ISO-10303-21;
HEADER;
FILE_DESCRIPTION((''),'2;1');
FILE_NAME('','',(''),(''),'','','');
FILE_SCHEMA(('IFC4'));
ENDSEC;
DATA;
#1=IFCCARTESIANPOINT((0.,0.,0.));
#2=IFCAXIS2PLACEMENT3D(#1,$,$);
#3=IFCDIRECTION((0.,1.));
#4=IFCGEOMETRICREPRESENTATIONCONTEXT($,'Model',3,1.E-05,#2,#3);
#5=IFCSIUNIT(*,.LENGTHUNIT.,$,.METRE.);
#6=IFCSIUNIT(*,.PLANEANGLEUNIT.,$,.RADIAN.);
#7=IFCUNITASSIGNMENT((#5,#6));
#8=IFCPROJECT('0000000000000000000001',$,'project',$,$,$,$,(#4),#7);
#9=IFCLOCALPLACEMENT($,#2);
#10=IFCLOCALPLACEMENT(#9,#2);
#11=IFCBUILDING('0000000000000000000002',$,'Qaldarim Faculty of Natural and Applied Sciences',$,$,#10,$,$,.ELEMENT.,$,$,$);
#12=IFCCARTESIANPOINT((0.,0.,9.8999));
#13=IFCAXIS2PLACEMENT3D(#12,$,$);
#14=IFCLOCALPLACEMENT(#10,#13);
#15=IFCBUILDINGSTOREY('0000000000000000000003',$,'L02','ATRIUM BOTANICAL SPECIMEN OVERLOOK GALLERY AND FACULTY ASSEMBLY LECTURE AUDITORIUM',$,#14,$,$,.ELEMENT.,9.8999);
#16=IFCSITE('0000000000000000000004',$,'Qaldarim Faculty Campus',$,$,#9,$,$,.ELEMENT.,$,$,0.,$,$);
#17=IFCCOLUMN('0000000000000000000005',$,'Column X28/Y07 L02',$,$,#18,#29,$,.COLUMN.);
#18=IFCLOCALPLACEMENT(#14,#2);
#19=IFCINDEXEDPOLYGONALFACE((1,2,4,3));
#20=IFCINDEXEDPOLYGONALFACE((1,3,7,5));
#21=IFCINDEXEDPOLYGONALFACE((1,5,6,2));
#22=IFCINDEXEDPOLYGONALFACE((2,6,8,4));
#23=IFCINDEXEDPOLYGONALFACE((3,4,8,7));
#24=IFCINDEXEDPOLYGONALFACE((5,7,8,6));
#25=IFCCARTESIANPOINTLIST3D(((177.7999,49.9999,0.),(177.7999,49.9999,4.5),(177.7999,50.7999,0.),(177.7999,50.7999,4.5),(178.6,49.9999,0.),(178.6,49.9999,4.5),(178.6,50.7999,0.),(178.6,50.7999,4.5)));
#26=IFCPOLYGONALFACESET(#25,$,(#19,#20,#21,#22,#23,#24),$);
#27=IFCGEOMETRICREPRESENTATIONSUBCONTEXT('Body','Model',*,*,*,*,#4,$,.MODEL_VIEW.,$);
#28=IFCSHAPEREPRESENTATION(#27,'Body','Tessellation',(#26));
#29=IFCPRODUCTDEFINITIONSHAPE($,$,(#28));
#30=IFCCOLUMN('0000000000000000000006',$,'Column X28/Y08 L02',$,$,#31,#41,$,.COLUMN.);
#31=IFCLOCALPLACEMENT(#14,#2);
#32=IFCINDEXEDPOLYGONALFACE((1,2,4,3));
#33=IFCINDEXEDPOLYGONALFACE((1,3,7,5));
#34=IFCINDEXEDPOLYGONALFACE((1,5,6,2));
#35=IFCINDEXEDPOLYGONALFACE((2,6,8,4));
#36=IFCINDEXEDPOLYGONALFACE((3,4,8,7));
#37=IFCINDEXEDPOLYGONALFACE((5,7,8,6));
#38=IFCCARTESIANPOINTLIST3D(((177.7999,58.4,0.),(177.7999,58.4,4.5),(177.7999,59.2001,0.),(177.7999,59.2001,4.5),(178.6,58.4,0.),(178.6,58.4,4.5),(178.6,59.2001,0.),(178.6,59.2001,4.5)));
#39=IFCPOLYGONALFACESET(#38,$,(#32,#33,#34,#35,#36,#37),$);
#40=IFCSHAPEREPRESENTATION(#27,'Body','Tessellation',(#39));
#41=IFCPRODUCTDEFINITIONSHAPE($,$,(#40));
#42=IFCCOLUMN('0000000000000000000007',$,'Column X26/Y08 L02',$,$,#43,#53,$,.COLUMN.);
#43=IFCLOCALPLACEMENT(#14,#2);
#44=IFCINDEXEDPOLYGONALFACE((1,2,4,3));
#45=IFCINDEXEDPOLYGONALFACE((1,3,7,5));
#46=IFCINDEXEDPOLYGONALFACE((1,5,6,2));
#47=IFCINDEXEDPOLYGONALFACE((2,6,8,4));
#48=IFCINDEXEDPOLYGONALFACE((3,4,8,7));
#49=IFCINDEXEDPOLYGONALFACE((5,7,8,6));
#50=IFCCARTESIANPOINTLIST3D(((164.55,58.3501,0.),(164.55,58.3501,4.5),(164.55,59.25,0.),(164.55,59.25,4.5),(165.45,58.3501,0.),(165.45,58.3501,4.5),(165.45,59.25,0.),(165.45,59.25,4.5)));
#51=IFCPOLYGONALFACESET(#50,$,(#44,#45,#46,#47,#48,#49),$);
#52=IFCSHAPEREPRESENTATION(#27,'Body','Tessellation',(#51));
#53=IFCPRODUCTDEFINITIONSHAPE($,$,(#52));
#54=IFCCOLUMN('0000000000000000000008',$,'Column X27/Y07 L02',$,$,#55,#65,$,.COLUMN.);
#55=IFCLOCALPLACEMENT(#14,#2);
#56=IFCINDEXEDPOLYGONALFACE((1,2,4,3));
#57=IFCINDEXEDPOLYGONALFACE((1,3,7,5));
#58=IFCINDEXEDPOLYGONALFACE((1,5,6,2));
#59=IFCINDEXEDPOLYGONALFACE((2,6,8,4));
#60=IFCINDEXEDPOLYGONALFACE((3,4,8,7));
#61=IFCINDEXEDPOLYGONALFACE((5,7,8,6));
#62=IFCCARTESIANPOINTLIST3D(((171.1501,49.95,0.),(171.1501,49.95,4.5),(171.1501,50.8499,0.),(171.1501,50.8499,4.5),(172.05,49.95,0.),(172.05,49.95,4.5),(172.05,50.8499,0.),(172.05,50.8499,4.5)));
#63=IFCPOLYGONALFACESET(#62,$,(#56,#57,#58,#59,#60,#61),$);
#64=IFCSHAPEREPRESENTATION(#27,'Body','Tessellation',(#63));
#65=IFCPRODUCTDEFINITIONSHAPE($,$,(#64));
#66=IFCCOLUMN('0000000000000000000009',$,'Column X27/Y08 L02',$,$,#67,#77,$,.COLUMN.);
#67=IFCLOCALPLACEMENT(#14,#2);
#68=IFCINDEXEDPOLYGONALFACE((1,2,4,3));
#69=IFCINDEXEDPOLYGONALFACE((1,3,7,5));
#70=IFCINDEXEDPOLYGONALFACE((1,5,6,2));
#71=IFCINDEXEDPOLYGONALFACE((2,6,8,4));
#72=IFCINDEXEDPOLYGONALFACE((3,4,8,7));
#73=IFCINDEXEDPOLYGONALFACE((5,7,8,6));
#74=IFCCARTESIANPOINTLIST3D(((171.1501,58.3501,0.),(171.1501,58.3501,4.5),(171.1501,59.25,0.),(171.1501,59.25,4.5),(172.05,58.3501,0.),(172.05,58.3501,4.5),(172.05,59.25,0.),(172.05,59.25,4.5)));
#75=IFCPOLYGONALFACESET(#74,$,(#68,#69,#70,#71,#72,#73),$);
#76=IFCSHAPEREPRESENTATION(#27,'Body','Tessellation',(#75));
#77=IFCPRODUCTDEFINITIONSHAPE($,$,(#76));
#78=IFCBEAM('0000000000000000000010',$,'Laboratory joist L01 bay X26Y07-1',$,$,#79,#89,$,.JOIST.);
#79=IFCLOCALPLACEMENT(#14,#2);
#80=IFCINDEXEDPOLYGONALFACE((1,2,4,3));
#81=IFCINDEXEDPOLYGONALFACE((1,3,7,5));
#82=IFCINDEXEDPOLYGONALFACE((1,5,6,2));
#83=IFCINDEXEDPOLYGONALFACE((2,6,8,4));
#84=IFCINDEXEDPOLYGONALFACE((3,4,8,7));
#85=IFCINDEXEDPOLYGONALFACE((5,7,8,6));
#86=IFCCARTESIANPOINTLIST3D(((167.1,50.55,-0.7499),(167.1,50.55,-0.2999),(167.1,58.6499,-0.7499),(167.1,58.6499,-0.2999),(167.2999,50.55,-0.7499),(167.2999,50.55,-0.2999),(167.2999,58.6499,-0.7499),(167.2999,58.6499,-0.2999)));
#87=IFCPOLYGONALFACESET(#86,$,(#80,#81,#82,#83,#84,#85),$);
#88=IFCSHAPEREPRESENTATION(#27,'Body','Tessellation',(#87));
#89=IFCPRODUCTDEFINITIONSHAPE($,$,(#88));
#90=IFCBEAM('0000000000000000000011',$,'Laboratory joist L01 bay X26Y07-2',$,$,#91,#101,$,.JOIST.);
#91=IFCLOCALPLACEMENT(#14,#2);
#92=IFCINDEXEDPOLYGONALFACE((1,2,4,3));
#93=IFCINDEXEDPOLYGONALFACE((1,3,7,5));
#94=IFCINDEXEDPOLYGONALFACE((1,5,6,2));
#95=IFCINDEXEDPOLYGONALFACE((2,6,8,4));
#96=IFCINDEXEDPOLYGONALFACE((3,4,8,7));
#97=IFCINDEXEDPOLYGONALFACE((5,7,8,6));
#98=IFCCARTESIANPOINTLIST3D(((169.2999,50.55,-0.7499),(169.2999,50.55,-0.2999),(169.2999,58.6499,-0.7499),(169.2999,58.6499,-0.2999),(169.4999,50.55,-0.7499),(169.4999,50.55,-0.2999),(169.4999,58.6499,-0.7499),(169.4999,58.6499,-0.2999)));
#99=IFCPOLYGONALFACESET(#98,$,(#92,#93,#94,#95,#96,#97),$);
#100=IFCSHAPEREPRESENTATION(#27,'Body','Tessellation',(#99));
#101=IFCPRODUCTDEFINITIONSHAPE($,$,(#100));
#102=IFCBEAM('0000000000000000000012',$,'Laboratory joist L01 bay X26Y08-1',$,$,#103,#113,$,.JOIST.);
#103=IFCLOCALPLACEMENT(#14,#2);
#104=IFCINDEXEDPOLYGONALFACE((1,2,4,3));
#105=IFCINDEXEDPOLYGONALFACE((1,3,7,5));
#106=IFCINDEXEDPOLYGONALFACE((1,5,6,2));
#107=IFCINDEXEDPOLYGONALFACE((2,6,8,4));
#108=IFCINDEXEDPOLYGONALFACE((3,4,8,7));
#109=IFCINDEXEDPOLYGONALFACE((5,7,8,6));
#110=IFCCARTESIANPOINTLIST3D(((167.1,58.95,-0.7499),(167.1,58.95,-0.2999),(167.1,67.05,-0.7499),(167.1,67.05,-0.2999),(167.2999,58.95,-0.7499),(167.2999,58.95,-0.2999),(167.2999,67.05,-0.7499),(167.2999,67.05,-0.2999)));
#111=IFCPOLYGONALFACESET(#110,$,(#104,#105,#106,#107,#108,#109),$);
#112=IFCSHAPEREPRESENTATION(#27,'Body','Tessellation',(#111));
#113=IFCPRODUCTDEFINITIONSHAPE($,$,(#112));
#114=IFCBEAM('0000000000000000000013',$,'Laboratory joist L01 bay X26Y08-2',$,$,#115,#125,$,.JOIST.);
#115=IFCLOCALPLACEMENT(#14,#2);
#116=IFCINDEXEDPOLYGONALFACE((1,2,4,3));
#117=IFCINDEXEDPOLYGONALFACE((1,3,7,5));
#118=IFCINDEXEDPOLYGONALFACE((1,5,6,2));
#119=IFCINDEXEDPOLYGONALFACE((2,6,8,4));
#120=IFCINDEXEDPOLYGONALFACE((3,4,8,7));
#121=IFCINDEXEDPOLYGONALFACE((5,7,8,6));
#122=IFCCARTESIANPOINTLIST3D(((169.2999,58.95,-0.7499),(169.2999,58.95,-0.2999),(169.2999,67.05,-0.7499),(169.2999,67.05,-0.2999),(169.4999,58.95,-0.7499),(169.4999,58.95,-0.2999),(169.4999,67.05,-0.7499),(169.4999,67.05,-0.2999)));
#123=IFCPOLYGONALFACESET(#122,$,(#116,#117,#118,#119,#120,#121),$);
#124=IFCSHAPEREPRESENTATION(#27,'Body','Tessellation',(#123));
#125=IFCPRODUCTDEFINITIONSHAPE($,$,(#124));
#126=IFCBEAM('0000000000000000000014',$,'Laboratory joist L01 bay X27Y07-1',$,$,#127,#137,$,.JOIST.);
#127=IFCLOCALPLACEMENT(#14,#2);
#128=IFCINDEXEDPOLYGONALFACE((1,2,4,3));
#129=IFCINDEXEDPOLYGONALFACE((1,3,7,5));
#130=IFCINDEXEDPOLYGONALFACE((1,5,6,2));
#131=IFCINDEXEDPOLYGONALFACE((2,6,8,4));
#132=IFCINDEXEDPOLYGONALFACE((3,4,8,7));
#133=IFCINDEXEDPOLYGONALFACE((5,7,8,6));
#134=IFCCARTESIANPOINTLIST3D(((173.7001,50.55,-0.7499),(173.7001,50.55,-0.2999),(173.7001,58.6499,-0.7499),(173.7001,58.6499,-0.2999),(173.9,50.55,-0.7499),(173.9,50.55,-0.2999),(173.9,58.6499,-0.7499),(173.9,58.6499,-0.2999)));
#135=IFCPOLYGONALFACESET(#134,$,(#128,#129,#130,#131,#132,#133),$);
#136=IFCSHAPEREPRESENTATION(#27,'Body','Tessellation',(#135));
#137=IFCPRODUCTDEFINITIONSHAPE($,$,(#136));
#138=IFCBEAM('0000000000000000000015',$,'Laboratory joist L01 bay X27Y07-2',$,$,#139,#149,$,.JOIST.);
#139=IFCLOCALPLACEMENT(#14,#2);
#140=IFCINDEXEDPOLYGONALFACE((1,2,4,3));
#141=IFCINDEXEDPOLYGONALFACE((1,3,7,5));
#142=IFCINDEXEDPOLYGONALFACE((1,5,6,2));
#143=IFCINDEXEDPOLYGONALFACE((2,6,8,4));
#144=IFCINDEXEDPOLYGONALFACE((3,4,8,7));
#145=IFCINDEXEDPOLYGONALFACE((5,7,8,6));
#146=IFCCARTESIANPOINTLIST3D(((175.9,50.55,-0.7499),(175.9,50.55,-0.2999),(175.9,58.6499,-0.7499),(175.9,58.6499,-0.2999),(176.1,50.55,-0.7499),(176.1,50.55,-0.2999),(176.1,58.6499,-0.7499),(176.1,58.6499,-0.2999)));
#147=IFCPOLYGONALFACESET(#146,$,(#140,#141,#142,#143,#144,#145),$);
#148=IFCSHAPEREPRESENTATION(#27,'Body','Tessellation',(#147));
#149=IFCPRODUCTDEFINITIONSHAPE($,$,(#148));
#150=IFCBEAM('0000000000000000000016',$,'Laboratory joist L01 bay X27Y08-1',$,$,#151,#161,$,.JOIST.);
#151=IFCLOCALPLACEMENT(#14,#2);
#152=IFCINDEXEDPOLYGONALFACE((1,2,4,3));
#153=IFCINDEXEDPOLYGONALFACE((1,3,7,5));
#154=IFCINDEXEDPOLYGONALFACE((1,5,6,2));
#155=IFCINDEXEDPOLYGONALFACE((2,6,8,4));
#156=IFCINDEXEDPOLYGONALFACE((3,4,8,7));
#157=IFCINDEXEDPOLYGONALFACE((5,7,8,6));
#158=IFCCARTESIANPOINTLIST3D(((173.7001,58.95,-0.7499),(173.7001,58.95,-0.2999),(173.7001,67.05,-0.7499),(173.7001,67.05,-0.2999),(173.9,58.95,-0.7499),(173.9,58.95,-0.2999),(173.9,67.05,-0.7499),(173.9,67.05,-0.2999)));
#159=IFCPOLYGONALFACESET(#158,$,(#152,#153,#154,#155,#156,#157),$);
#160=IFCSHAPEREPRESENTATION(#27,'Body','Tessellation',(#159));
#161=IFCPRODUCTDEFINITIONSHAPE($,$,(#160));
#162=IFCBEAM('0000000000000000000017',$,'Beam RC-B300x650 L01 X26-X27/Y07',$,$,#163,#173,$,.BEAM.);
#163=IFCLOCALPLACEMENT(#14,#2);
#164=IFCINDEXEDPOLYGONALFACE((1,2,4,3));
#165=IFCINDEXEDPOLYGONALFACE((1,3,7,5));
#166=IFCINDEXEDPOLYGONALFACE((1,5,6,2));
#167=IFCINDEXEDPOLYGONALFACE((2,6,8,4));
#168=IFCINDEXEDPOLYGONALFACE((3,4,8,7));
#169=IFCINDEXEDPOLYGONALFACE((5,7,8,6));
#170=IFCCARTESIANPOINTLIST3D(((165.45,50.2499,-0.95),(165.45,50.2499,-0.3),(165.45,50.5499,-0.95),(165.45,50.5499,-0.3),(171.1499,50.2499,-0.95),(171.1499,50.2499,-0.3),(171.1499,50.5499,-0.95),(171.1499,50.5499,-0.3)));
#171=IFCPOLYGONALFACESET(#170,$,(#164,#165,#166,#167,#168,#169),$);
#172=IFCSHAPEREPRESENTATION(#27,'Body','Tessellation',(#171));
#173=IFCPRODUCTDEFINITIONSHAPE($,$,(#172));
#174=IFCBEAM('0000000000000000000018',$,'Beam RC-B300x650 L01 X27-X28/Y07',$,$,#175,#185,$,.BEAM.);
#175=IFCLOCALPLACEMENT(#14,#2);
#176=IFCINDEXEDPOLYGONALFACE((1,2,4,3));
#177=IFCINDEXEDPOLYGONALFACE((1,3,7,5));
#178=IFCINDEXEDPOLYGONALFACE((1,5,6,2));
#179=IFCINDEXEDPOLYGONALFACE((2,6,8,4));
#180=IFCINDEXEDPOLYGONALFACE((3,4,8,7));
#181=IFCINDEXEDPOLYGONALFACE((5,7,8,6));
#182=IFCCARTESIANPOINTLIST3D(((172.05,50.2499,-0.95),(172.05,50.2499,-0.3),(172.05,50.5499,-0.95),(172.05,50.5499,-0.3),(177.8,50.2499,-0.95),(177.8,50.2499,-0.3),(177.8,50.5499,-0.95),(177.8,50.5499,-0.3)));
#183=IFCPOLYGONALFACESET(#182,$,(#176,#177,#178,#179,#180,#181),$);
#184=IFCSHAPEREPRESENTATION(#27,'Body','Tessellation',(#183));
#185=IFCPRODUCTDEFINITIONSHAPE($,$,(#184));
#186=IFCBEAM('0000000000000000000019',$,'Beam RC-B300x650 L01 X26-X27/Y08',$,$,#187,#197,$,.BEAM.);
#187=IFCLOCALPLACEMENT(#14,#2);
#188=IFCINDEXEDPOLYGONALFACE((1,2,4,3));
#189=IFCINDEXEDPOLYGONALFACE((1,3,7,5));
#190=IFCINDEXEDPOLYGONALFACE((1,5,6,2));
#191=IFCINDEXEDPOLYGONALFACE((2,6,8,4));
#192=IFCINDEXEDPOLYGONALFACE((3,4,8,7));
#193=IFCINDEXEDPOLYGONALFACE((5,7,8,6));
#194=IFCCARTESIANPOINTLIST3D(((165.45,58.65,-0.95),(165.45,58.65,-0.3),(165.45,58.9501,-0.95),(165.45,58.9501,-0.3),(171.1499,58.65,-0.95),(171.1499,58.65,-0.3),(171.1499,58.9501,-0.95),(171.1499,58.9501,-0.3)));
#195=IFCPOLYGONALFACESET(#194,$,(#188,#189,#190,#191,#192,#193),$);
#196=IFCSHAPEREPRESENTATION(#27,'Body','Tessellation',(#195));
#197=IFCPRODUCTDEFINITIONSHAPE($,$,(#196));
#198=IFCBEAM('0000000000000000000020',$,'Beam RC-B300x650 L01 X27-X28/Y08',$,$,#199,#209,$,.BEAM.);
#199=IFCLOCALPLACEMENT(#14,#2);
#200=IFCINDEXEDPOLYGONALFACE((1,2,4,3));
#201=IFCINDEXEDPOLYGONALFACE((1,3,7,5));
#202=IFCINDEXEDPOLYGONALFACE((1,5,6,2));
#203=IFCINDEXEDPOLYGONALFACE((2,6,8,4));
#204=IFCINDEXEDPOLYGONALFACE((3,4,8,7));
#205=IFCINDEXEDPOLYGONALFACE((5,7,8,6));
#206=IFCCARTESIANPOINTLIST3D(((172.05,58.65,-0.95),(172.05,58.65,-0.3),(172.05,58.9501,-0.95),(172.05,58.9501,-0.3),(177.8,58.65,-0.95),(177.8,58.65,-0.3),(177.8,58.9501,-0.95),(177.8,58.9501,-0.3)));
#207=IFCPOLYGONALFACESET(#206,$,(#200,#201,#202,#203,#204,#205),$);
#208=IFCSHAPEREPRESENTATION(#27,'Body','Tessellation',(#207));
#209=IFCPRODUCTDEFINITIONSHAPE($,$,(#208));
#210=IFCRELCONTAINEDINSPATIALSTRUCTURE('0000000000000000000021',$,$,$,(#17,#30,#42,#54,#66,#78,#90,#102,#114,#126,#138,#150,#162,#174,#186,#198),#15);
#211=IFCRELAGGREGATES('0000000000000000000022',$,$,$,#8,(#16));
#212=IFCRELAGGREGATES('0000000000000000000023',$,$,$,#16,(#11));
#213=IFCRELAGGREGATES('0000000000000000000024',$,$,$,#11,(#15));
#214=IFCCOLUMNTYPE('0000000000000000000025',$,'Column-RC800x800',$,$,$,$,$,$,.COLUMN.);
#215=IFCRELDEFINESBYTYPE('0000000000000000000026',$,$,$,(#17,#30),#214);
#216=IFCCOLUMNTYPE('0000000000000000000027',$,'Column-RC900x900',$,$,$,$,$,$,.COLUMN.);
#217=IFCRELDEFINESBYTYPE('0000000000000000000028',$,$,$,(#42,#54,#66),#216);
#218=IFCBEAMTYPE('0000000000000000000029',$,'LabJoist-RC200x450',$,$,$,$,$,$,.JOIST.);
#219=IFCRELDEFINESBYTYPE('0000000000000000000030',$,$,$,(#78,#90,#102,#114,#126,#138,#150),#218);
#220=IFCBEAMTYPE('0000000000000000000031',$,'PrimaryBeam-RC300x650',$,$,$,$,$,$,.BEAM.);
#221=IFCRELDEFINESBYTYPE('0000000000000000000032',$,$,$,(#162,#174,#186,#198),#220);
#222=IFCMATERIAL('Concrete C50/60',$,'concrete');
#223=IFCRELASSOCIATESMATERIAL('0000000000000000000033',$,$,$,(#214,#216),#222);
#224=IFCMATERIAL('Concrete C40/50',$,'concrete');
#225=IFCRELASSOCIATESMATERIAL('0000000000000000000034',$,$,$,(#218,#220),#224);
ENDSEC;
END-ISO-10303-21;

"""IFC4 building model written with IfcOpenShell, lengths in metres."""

from ifc_helpers import new_model, si_unit, direction, frame, origin, origin_2d, place, context, subcontext, project, spatial, rectangle, extrude, material, material_profile, profile_set, type_object, element, save


model = new_model("IFC4")

# Units and contexts
model_context = context("Model", 3, precision=1e-05, world=origin(), true_north=direction((0.0, 1.0)))
body_context = subcontext(model_context, "Body", "Model", "MODEL_VIEW")
ifc_project = project(units=[si_unit("LENGTHUNIT", "METRE"), si_unit("PLANEANGLEUNIT", "RADIAN")], contexts=[model_context])

# Site, building, storey
site_placement = place(None, origin())
site = spatial("IfcSite", under=ifc_project, at=site_placement, Name="Qaldarim Faculty Campus", CompositionType="ELEMENT", RefElevation=0.0)
building_placement = place(site_placement, origin())
building = spatial("IfcBuilding", under=site, at=building_placement, Name="Qaldarim Faculty of Natural and Applied Sciences", CompositionType="ELEMENT")
storey_placement = place(building_placement, frame((0.0, 0.0, 9.8999)))
storey = spatial("IfcBuildingStorey", under=building, at=storey_placement, Name="L02", Description="ATRIUM BOTANICAL SPECIMEN OVERLOOK GALLERY AND FACULTY ASSEMBLY LECTURE AUDITORIUM", CompositionType="ELEMENT", Elevation=9.8999)

# Columns
ifc_material_1 = material(Name="Concrete C50/60", Category="concrete")
ifc_material_profile_1 = material_profile(ifc_material_1, rectangle(XDim=0.8, YDim=0.8, at=origin_2d()), Name="RC-C800x800")
ifc_profile_set_1 = profile_set([ifc_material_profile_1], Name="Concrete C50/60")
column_type_1 = type_object("IfcColumnType", Name="Column-RC800x800", PredefinedType="COLUMN", material=ifc_profile_set_1)
for number, where, z_axis, x_axis, name in (
    (1, (178.2, 50.3999, 0.0), (0.0, 0.0, 1.0), (1.0, 0.0, 0.0), "Column X28/Y07 L02"),
    (2, (178.2, 58.8, 0.0), (0.0, 0.0, 1.0), (1.0, 0.0, 0.0), "Column X28/Y08 L02"),
):
    element("IfcColumn", number, at=place(storey_placement, frame(where, z_axis=z_axis, x_axis=x_axis)), inside=storey, type_object=column_type_1, Name=name, PredefinedType="COLUMN", context=body_context, shape_type="SweptSolid", body=[
        extrude(rectangle(XDim=0.8, YDim=0.8, at=origin_2d()), origin(), (0.0, 0.0, 1.0), 4.5),
    ])
ifc_material_profile_2 = material_profile(ifc_material_1, rectangle(XDim=0.8999, YDim=0.8999, at=origin_2d()), Name="RC-C900x900")
ifc_profile_set_2 = profile_set([ifc_material_profile_2], Name="Concrete C50/60")
column_type_2 = type_object("IfcColumnType", Name="Column-RC900x900", PredefinedType="COLUMN", material=ifc_profile_set_2)
for number, where, z_axis, x_axis, name in (
    (3, (165.0, 58.8, 0.0), (0.0, 0.0, 1.0), (1.0, 0.0, 0.0), "Column X26/Y08 L02"),
    (4, (171.6001, 50.3999, 0.0), (0.0, 0.0, 1.0), (1.0, 0.0, 0.0), "Column X27/Y07 L02"),
    (5, (171.6001, 58.8, 0.0), (0.0, 0.0, 1.0), (1.0, 0.0, 0.0), "Column X27/Y08 L02"),
):
    element("IfcColumn", number, at=place(storey_placement, frame(where, z_axis=z_axis, x_axis=x_axis)), inside=storey, type_object=column_type_2, Name=name, PredefinedType="COLUMN", context=body_context, shape_type="SweptSolid", body=[
        extrude(rectangle(XDim=0.8999, YDim=0.8999, at=origin_2d()), origin(), (0.0, 0.0, 1.0), 4.5),
    ])

# Beams
ifc_material_2 = material(Name="Concrete C40/50", Category="concrete")
ifc_material_profile_3 = material_profile(ifc_material_2, rectangle(XDim=0.2, YDim=0.45, at=origin_2d()), Name="RC-J200x450")
ifc_profile_set_3 = profile_set([ifc_material_profile_3], Name="Concrete C40/50")
beam_type_1 = type_object("IfcBeamType", Name="LabJoist-RC200x450", PredefinedType="JOIST", material=ifc_profile_set_3)
for number, where, z_axis, x_axis, name in (
    (6, (167.2, 50.55, -0.5249), (0.0, 1.0, 0.0), (-1.0, 0.0, 0.0), "Laboratory joist L01 bay X26Y07-1"),
    (7, (169.3999, 50.55, -0.5249), (0.0, 1.0, 0.0), (-1.0, 0.0, 0.0), "Laboratory joist L01 bay X26Y07-2"),
):
    element("IfcBeam", number, at=place(storey_placement, frame(where, z_axis=z_axis, x_axis=x_axis)), inside=storey, type_object=beam_type_1, Name=name, PredefinedType="JOIST", context=body_context, shape_type="SweptSolid", body=[
        extrude(rectangle(XDim=0.2, YDim=0.45, at=origin_2d()), origin(), (0.0, 0.0, 1.0), 8.0999),
    ])
for number, where, z_axis, x_axis, name in (
    (8, (167.2, 58.95, -0.5249), (0.0, 1.0, 0.0), (-1.0, 0.0, 0.0), "Laboratory joist L01 bay X26Y08-1"),
    (9, (169.3999, 58.95, -0.5249), (0.0, 1.0, 0.0), (-1.0, 0.0, 0.0), "Laboratory joist L01 bay X26Y08-2"),
):
    element("IfcBeam", number, at=place(storey_placement, frame(where, z_axis=z_axis, x_axis=x_axis)), inside=storey, type_object=beam_type_1, Name=name, PredefinedType="JOIST", context=body_context, shape_type="SweptSolid", body=[
        extrude(rectangle(XDim=0.2, YDim=0.45, at=origin_2d()), origin(), (0.0, 0.0, 1.0), 8.1001),
    ])
for number, where, z_axis, x_axis, name in (
    (10, (173.8, 50.55, -0.5249), (0.0, 1.0, 0.0), (-1.0, 0.0, 0.0), "Laboratory joist L01 bay X27Y07-1"),
    (11, (176.0, 50.55, -0.5249), (0.0, 1.0, 0.0), (-1.0, 0.0, 0.0), "Laboratory joist L01 bay X27Y07-2"),
):
    element("IfcBeam", number, at=place(storey_placement, frame(where, z_axis=z_axis, x_axis=x_axis)), inside=storey, type_object=beam_type_1, Name=name, PredefinedType="JOIST", context=body_context, shape_type="SweptSolid", body=[
        extrude(rectangle(XDim=0.2, YDim=0.45, at=origin_2d()), origin(), (0.0, 0.0, 1.0), 8.0999),
    ])
beam_1_placement = place(storey_placement, frame((173.8, 58.95, -0.5249), z_axis=(0.0, 1.0, 0.0), x_axis=(-1.0, 0.0, 0.0)))
element("IfcBeam", 12, at=beam_1_placement, inside=storey, type_object=beam_type_1, Name="Laboratory joist L01 bay X27Y08-1", PredefinedType="JOIST", context=body_context, shape_type="SweptSolid", body=[
    extrude(rectangle(XDim=0.2, YDim=0.45, at=origin_2d()), origin(), (0.0, 0.0, 1.0), 8.1001),
])
ifc_material_profile_4 = material_profile(ifc_material_2, rectangle(XDim=0.3, YDim=0.6499, at=origin_2d()), Name="RC-B300x650")
ifc_profile_set_4 = profile_set([ifc_material_profile_4], Name="Concrete C40/50")
beam_type_2 = type_object("IfcBeamType", Name="PrimaryBeam-RC300x650", PredefinedType="BEAM", material=ifc_profile_set_4)
beam_2_placement = place(storey_placement, frame((165.45, 50.3999, -0.625), z_axis=(1.0, 0.0, 0.0), x_axis=(0.0, 1.0, 0.0)))
element("IfcBeam", 13, at=beam_2_placement, inside=storey, type_object=beam_type_2, Name="Beam RC-B300x650 L01 X26-X27/Y07", PredefinedType="BEAM", context=body_context, shape_type="SweptSolid", body=[
    extrude(rectangle(XDim=0.3, YDim=0.6499, at=origin_2d()), origin(), (0.0, 0.0, 1.0), 5.7),
])
beam_3_placement = place(storey_placement, frame((172.05, 50.3999, -0.625), z_axis=(1.0, 0.0, 0.0), x_axis=(0.0, 1.0, 0.0)))
element("IfcBeam", 14, at=beam_3_placement, inside=storey, type_object=beam_type_2, Name="Beam RC-B300x650 L01 X27-X28/Y07", PredefinedType="BEAM", context=body_context, shape_type="SweptSolid", body=[
    extrude(rectangle(XDim=0.3, YDim=0.6499, at=origin_2d()), origin(), (0.0, 0.0, 1.0), 5.75),
])
beam_4_placement = place(storey_placement, frame((165.45, 58.8, -0.625), z_axis=(1.0, 0.0, 0.0), x_axis=(0.0, 1.0, 0.0)))
element("IfcBeam", 15, at=beam_4_placement, inside=storey, type_object=beam_type_2, Name="Beam RC-B300x650 L01 X26-X27/Y08", PredefinedType="BEAM", context=body_context, shape_type="SweptSolid", body=[
    extrude(rectangle(XDim=0.3, YDim=0.6499, at=origin_2d()), origin(), (0.0, 0.0, 1.0), 5.7),
])
beam_5_placement = place(storey_placement, frame((172.05, 58.8, -0.625), z_axis=(1.0, 0.0, 0.0), x_axis=(0.0, 1.0, 0.0)))
element("IfcBeam", 16, at=beam_5_placement, inside=storey, type_object=beam_type_2, Name="Beam RC-B300x650 L01 X27-X28/Y08", PredefinedType="BEAM", context=body_context, shape_type="SweptSolid", body=[
    extrude(rectangle(XDim=0.3, YDim=0.6499, at=origin_2d()), origin(), (0.0, 0.0, 1.0), 5.75),
])

save(model, "model.ifc")
